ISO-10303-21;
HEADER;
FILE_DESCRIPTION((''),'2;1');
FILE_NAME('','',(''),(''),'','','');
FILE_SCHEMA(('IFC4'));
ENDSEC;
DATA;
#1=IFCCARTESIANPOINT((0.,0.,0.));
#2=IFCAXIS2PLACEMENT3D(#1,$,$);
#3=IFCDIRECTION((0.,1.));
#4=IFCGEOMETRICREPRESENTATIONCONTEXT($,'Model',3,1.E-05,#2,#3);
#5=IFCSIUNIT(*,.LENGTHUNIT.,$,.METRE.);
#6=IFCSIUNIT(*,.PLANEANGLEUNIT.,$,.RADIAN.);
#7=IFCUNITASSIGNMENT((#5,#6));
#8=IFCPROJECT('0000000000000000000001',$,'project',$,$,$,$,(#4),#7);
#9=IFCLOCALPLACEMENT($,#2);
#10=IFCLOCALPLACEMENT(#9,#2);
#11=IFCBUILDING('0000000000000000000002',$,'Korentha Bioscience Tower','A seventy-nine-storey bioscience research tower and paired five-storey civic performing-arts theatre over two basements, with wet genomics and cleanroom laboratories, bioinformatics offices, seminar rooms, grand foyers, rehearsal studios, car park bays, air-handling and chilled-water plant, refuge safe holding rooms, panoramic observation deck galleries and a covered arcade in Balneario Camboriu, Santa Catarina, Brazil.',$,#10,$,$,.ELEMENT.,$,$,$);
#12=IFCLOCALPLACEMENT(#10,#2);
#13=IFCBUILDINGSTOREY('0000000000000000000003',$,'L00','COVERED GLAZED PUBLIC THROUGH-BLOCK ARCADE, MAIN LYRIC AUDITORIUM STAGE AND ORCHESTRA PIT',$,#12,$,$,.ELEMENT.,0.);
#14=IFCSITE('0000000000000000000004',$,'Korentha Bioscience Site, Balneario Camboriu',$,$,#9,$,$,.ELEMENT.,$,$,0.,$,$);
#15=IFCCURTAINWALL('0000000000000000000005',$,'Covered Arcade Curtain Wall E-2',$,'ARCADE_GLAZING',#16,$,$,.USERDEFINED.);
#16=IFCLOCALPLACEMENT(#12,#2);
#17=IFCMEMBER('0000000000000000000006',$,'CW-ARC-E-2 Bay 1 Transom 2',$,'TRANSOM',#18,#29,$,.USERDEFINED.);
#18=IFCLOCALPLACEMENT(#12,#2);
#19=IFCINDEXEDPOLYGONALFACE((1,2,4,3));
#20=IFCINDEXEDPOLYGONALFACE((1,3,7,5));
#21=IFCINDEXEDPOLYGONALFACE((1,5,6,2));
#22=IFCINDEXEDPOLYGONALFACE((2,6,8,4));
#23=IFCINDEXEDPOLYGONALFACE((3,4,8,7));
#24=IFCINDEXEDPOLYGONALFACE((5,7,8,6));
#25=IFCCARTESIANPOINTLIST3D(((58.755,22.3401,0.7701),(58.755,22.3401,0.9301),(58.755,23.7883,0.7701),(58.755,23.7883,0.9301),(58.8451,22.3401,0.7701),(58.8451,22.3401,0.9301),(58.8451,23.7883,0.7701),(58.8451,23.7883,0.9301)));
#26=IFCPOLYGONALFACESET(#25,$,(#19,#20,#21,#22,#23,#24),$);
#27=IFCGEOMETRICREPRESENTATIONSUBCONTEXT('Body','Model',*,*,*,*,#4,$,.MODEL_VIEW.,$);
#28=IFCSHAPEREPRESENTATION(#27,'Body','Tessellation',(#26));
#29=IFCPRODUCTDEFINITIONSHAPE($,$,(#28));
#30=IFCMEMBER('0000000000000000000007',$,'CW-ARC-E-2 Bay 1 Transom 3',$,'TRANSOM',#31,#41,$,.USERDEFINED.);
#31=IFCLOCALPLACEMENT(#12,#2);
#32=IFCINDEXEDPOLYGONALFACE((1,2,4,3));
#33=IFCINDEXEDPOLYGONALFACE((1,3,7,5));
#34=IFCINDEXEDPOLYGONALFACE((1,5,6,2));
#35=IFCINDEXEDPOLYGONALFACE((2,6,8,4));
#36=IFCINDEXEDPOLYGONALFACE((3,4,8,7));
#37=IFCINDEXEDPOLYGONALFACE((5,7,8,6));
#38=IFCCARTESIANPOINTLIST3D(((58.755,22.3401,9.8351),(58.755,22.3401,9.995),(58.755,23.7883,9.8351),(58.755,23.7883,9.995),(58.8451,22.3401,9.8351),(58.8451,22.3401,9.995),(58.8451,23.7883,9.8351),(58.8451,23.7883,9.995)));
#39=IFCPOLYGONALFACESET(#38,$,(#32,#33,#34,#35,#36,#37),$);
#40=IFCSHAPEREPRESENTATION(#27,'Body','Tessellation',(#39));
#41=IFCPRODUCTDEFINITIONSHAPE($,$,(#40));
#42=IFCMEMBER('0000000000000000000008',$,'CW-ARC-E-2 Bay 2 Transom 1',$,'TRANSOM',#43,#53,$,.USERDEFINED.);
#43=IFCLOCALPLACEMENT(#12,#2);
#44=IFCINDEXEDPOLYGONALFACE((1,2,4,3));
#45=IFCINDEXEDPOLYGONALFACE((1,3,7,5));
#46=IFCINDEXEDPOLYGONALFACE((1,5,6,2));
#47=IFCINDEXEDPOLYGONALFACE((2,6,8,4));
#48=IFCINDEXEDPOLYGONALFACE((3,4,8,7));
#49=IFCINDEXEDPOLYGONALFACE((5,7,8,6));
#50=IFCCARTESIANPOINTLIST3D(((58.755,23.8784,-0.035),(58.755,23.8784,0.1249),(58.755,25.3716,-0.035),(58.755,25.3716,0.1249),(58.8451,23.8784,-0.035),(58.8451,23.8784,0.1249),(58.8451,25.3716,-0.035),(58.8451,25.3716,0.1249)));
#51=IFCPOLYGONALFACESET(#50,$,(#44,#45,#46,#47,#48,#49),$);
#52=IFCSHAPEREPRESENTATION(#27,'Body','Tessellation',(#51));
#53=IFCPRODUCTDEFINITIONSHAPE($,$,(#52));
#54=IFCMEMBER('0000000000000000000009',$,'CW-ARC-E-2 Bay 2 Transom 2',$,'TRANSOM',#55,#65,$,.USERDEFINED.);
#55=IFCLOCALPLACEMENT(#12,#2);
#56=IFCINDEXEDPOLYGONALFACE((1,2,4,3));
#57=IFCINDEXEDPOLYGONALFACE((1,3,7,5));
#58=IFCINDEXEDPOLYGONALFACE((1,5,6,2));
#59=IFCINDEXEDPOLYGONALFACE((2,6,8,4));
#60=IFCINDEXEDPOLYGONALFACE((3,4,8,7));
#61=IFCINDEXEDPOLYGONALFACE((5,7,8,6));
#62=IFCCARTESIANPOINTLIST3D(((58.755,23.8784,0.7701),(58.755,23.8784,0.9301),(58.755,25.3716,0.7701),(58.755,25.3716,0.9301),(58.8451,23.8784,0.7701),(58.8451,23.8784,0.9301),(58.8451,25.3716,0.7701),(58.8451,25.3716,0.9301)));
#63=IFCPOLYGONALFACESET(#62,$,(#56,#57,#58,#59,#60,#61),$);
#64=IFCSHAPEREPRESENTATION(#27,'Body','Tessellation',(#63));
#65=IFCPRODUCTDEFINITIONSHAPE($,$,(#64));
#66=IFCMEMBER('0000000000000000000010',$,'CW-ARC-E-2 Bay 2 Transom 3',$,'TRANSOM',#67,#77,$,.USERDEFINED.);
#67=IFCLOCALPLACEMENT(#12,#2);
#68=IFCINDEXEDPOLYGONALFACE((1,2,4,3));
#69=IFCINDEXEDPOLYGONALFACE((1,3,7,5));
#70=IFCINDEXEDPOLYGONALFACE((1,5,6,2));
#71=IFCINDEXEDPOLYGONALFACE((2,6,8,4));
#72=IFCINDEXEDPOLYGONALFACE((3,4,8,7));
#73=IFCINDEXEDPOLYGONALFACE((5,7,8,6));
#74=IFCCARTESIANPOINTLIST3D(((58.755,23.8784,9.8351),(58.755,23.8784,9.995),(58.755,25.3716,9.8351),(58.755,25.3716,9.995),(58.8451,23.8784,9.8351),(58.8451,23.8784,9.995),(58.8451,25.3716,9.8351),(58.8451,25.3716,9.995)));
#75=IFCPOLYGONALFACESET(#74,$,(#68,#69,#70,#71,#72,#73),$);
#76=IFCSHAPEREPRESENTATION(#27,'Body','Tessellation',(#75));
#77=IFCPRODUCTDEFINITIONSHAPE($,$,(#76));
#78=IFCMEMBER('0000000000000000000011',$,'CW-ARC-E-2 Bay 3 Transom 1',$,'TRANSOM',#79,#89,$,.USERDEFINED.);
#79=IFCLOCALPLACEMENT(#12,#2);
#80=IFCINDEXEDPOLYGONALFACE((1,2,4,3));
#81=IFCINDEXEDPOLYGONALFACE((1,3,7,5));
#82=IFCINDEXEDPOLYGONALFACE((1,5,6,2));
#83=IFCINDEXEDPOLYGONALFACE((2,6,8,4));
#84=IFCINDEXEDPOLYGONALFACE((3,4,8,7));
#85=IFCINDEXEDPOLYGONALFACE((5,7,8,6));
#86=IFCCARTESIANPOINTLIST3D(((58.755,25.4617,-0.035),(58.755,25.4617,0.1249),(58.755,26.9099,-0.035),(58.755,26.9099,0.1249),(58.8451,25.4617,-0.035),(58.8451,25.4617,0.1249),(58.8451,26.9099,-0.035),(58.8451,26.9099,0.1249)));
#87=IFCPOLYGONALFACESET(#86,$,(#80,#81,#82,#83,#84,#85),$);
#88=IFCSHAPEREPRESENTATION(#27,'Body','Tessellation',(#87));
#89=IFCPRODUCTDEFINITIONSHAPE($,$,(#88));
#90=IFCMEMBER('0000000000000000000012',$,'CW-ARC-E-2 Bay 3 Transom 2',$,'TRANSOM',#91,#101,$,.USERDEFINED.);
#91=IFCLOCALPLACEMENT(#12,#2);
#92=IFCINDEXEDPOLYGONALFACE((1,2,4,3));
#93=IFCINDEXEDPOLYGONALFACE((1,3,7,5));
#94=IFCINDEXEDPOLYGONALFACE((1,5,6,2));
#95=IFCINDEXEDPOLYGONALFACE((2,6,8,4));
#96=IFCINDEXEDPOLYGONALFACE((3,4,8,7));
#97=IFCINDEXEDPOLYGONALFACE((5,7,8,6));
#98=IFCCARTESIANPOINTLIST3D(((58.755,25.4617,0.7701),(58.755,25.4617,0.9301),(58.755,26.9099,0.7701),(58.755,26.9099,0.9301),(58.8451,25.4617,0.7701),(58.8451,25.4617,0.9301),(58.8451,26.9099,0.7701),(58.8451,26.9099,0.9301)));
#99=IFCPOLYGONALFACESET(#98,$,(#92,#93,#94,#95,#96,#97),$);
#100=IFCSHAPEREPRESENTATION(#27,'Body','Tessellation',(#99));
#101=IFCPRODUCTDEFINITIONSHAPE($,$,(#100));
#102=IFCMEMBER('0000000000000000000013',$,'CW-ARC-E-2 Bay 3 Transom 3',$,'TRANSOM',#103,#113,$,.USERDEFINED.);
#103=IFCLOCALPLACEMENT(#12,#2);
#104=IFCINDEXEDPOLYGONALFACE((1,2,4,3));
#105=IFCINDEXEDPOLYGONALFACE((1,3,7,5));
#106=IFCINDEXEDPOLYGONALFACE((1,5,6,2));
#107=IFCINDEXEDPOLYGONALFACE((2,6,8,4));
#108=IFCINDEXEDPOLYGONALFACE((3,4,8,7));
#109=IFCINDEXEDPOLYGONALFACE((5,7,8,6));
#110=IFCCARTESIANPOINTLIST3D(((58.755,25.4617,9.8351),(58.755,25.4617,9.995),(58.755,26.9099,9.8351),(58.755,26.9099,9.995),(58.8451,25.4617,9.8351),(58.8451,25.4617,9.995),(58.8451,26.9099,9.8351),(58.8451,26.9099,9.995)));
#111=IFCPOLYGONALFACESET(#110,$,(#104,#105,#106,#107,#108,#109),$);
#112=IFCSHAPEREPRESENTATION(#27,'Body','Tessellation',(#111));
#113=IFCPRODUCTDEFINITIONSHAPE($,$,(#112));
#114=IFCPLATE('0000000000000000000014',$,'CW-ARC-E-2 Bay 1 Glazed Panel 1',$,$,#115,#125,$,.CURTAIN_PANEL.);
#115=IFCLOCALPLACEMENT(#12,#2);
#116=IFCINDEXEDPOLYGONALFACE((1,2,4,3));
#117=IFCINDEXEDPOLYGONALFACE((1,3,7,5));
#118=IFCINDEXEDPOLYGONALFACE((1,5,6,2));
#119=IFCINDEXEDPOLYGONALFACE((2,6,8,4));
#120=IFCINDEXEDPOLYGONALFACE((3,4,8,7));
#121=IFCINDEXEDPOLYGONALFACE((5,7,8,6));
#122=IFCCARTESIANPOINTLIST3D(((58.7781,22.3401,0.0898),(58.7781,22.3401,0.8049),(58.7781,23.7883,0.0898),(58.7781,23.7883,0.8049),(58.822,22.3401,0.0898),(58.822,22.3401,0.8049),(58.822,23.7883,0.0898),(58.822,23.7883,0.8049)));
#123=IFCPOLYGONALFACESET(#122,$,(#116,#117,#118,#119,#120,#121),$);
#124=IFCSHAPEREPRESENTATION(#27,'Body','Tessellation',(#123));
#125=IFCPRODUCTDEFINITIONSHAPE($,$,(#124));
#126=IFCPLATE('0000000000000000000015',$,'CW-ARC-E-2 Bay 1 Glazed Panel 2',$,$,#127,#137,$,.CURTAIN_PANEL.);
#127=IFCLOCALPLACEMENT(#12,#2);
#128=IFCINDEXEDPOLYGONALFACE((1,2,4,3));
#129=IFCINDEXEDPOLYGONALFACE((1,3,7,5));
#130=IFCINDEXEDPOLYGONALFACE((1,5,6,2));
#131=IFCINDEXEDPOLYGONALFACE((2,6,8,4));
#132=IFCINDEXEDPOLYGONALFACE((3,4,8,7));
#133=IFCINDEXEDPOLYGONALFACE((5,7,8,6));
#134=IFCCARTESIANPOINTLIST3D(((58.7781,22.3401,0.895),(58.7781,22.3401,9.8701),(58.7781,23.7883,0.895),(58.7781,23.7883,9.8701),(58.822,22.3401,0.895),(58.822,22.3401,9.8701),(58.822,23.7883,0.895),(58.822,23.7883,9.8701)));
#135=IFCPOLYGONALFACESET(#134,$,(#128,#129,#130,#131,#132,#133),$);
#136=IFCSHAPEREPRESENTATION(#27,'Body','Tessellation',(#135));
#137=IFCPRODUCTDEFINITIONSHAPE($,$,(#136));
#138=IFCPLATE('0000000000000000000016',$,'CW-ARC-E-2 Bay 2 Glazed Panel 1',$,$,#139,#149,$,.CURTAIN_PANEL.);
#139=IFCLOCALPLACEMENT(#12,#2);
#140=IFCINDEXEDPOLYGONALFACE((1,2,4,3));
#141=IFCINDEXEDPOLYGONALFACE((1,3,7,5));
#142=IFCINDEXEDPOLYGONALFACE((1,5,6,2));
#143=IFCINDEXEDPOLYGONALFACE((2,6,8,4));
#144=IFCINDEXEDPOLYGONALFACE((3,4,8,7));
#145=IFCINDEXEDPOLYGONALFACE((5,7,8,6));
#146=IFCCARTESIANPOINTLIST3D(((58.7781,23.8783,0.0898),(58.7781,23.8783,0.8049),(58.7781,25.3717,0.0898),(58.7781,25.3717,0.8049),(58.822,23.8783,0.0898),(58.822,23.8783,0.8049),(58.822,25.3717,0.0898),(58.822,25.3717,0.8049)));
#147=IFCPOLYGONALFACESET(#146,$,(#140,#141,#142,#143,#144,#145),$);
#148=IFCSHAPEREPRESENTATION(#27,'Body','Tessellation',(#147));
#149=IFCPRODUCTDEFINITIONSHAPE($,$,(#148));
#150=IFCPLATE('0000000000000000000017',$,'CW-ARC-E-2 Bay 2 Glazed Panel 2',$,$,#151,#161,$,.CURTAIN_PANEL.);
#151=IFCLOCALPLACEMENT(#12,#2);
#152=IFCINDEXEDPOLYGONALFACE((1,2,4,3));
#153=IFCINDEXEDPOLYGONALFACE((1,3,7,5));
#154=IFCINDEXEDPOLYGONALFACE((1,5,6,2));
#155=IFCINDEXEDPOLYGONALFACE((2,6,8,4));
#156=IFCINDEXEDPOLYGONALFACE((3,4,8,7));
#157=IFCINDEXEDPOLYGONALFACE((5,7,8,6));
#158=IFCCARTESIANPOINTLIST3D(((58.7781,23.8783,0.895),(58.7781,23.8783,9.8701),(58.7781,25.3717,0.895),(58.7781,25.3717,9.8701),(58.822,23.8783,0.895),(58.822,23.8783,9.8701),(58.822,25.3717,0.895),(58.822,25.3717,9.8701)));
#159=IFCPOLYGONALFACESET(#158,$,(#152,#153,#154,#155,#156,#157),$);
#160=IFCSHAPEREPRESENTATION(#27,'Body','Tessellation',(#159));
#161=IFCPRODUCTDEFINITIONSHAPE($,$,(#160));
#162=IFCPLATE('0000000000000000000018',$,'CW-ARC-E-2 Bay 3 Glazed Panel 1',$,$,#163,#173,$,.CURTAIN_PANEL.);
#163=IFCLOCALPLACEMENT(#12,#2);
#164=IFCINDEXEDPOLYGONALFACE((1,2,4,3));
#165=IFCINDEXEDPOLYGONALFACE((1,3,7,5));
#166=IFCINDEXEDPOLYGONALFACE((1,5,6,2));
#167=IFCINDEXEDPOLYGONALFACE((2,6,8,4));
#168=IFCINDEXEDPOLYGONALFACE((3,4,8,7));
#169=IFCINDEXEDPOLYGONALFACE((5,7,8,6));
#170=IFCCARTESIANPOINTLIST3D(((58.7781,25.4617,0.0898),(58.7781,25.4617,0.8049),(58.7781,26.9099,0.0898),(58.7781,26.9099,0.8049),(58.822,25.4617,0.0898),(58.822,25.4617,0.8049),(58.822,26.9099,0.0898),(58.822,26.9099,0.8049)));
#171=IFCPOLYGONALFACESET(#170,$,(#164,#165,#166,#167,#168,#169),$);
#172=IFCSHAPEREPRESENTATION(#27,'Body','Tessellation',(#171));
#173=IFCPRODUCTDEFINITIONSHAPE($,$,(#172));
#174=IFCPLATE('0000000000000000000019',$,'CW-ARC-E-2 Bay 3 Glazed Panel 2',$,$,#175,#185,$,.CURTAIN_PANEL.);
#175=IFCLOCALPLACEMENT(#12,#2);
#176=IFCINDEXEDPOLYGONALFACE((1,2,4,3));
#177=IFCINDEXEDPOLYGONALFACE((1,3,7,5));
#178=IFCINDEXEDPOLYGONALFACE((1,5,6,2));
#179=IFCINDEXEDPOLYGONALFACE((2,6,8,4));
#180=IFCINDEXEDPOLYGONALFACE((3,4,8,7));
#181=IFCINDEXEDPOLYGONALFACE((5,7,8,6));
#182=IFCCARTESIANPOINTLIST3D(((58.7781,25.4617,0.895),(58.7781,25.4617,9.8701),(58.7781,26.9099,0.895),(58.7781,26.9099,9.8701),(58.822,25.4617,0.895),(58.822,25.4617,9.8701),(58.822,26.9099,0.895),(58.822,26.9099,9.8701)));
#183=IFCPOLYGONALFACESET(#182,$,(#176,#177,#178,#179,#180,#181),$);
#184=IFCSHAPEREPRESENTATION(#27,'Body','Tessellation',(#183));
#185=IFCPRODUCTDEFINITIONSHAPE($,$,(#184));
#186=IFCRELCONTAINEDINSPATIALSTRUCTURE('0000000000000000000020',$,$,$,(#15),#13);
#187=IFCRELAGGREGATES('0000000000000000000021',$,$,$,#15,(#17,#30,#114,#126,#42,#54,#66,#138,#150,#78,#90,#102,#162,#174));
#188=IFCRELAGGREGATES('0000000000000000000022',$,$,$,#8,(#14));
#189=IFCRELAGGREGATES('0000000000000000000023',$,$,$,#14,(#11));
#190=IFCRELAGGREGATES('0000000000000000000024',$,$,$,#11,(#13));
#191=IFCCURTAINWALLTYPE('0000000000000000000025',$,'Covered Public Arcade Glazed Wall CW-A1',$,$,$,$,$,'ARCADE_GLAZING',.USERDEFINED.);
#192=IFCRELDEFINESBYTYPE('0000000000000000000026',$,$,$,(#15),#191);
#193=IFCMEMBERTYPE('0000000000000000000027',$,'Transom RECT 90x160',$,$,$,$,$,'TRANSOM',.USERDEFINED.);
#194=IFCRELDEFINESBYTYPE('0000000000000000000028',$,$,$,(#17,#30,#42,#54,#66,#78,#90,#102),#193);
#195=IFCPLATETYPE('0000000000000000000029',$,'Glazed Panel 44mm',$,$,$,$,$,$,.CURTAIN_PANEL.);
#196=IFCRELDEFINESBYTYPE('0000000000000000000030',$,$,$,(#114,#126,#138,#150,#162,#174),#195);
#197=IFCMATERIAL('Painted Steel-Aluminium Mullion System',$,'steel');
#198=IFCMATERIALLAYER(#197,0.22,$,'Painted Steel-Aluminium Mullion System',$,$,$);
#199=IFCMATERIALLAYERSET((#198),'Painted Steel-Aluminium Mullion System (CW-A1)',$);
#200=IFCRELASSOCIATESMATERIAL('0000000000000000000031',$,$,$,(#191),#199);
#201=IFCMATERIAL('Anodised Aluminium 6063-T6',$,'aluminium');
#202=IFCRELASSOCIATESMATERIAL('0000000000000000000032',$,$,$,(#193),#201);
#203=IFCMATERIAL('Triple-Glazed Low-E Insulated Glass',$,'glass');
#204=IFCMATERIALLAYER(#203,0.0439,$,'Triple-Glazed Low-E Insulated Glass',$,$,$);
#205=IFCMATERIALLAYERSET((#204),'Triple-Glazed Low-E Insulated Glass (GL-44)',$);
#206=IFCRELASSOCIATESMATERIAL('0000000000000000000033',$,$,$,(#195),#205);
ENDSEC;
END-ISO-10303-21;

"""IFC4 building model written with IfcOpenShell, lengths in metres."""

from ifc_helpers import new_model, si_unit, direction, frame, origin, origin_2d, place, context, subcontext, project, spatial, rectangle, extrude, material, layer, layer_set, material_profile, profile_set, type_object, element, aggregate, save


model = new_model("IFC4")

# Units and contexts
model_context = context("Model", 3, precision=1e-05, world=origin(), true_north=direction((0.0, 1.0)))
body_context = subcontext(model_context, "Body", "Model", "MODEL_VIEW")
ifc_project = project(units=[si_unit("LENGTHUNIT", "METRE"), si_unit("PLANEANGLEUNIT", "RADIAN")], contexts=[model_context])

# Site, building, storey
site_placement = place(None, origin())
site = spatial("IfcSite", under=ifc_project, at=site_placement, Name="Korentha Bioscience Site, Balneario Camboriu", CompositionType="ELEMENT", RefElevation=0.0)
building_placement = place(site_placement, origin())
building = spatial("IfcBuilding", under=site, at=building_placement, Name="Korentha Bioscience Tower", Description="A seventy-nine-storey bioscience research tower and paired five-storey civic performing-arts theatre over two basements, with wet genomics and cleanroom laboratories, bioinformatics offices, seminar rooms, grand foyers, rehearsal studios, car park bays, air-handling and chilled-water plant, refuge safe holding rooms, panoramic observation deck galleries and a covered arcade in Balneario Camboriu, Santa Catarina, Brazil.", CompositionType="ELEMENT")
storey_placement = place(building_placement, origin())
storey = spatial("IfcBuildingStorey", under=building, at=storey_placement, Name="L00", Description="COVERED GLAZED PUBLIC THROUGH-BLOCK ARCADE, MAIN LYRIC AUDITORIUM STAGE AND ORCHESTRA PIT", CompositionType="ELEMENT", Elevation=0.0)

# Curtain wall
ifc_material_1 = material(Name="Painted Steel-Aluminium Mullion System", Category="steel")
ifc_layer_1 = layer(ifc_material_1, 0.22, Name="Painted Steel-Aluminium Mullion System")
ifc_layer_set_1 = layer_set([ifc_layer_1], Name="Painted Steel-Aluminium Mullion System (CW-A1)")
curtain_wall_type = type_object("IfcCurtainWallType", Name="Covered Public Arcade Glazed Wall CW-A1", ElementType="ARCADE_GLAZING", PredefinedType="USERDEFINED", material=ifc_layer_set_1)
curtain_wall_placement = place(storey_placement, origin())
curtain_wall = element("IfcCurtainWall", 1, at=curtain_wall_placement, inside=storey, type_object=curtain_wall_type, Name="Covered Arcade Curtain Wall E-2", ObjectType="ARCADE_GLAZING", PredefinedType="USERDEFINED")
ifc_material_2 = material(Name="Anodised Aluminium 6063-T6", Category="aluminium")

# Members
ifc_material_profile_1 = material_profile(ifc_material_2, rectangle(XDim=0.0901, YDim=0.1599, at=origin_2d()), Name="Anodised Aluminium 6063-T6")
ifc_profile_set_1 = profile_set([ifc_material_profile_1], Name="Anodised Aluminium 6063-T6 (CW-TRN)")
member_type_1 = type_object("IfcMemberType", Name="Transom RECT 90x160", ElementType="TRANSOM", PredefinedType="USERDEFINED", material=ifc_profile_set_1)
member_1_placement = place(storey_placement, frame((58.8, 22.3401, 0.8501), z_axis=(0.0, 1.0, 0.0), x_axis=(-1.0, 0.0, 0.0)))
member_1 = element("IfcMember", 2, at=member_1_placement, type_object=member_type_1, Name="CW-ARC-E-2 Bay 1 Transom 2", ObjectType="TRANSOM", PredefinedType="USERDEFINED", context=body_context, shape_type="SweptSolid", body=[
    extrude(rectangle(XDim=0.0901, YDim=0.1599, at=origin_2d()), origin(), (0.0, 0.0, 1.0), 1.4482),
])
member_2_placement = place(storey_placement, frame((58.8, 22.3401, 9.915), z_axis=(0.0, 1.0, 0.0), x_axis=(-1.0, 0.0, 0.0)))
member_2 = element("IfcMember", 3, at=member_2_placement, type_object=member_type_1, Name="CW-ARC-E-2 Bay 1 Transom 3", ObjectType="TRANSOM", PredefinedType="USERDEFINED", context=body_context, shape_type="SweptSolid", body=[
    extrude(rectangle(XDim=0.0901, YDim=0.1599, at=origin_2d()), origin(), (0.0, 0.0, 1.0), 1.4482),
])
member_3_placement = place(storey_placement, frame((58.8, 23.8784, 0.0449), z_axis=(0.0, 1.0, 0.0), x_axis=(-1.0, 0.0, 0.0)))
member_3 = element("IfcMember", 4, at=member_3_placement, type_object=member_type_1, Name="CW-ARC-E-2 Bay 2 Transom 1", ObjectType="TRANSOM", PredefinedType="USERDEFINED", context=body_context, shape_type="SweptSolid", body=[
    extrude(rectangle(XDim=0.0901, YDim=0.1599, at=origin_2d()), origin(), (0.0, 0.0, 1.0), 1.4932),
])
member_4_placement = place(storey_placement, frame((58.8, 23.8784, 0.8501), z_axis=(0.0, 1.0, 0.0), x_axis=(-1.0, 0.0, 0.0)))
member_4 = element("IfcMember", 5, at=member_4_placement, type_object=member_type_1, Name="CW-ARC-E-2 Bay 2 Transom 2", ObjectType="TRANSOM", PredefinedType="USERDEFINED", context=body_context, shape_type="SweptSolid", body=[
    extrude(rectangle(XDim=0.0901, YDim=0.1599, at=origin_2d()), origin(), (0.0, 0.0, 1.0), 1.4932),
])
member_5_placement = place(storey_placement, frame((58.8, 23.8784, 9.915), z_axis=(0.0, 1.0, 0.0), x_axis=(-1.0, 0.0, 0.0)))
member_5 = element("IfcMember", 6, at=member_5_placement, type_object=member_type_1, Name="CW-ARC-E-2 Bay 2 Transom 3", ObjectType="TRANSOM", PredefinedType="USERDEFINED", context=body_context, shape_type="SweptSolid", body=[
    extrude(rectangle(XDim=0.0901, YDim=0.1599, at=origin_2d()), origin(), (0.0, 0.0, 1.0), 1.4932),
])
member_6_placement = place(storey_placement, frame((58.8, 25.4617, 0.0449), z_axis=(0.0, 1.0, 0.0), x_axis=(-1.0, 0.0, 0.0)))
member_6 = element("IfcMember", 7, at=member_6_placement, type_object=member_type_1, Name="CW-ARC-E-2 Bay 3 Transom 1", ObjectType="TRANSOM", PredefinedType="USERDEFINED", context=body_context, shape_type="SweptSolid", body=[
    extrude(rectangle(XDim=0.0901, YDim=0.1599, at=origin_2d()), origin(), (0.0, 0.0, 1.0), 1.4482),
])
member_7_placement = place(storey_placement, frame((58.8, 25.4617, 0.8501), z_axis=(0.0, 1.0, 0.0), x_axis=(-1.0, 0.0, 0.0)))
member_7 = element("IfcMember", 8, at=member_7_placement, type_object=member_type_1, Name="CW-ARC-E-2 Bay 3 Transom 2", ObjectType="TRANSOM", PredefinedType="USERDEFINED", context=body_context, shape_type="SweptSolid", body=[
    extrude(rectangle(XDim=0.0901, YDim=0.1599, at=origin_2d()), origin(), (0.0, 0.0, 1.0), 1.4482),
])
member_8_placement = place(storey_placement, frame((58.8, 25.4617, 9.915), z_axis=(0.0, 1.0, 0.0), x_axis=(-1.0, 0.0, 0.0)))
member_8 = element("IfcMember", 9, at=member_8_placement, type_object=member_type_1, Name="CW-ARC-E-2 Bay 3 Transom 3", ObjectType="TRANSOM", PredefinedType="USERDEFINED", context=body_context, shape_type="SweptSolid", body=[
    extrude(rectangle(XDim=0.0901, YDim=0.1599, at=origin_2d()), origin(), (0.0, 0.0, 1.0), 1.4482),
])

# Plates
ifc_material_3 = material(Name="Triple-Glazed Low-E Insulated Glass", Category="glass")
ifc_layer_2 = layer(ifc_material_3, 0.0439, Name="Triple-Glazed Low-E Insulated Glass")
ifc_layer_set_2 = layer_set([ifc_layer_2], Name="Triple-Glazed Low-E Insulated Glass (GL-44)")
plate_type = type_object("IfcPlateType", Name="Glazed Panel 44mm", PredefinedType="CURTAIN_PANEL", material=ifc_layer_set_2)
plate_1_placement = place(storey_placement, frame((58.8, 23.0642, 0.0898), z_axis=(0.0, 0.0, 1.0), x_axis=(0.0, 1.0, 0.0)))
plate_1 = element("IfcPlate", 10, at=plate_1_placement, type_object=plate_type, Name="CW-ARC-E-2 Bay 1 Glazed Panel 1", PredefinedType="CURTAIN_PANEL", context=body_context, shape_type="SweptSolid", body=[
    extrude(rectangle(XDim=1.4482, YDim=0.0439, at=origin_2d()), origin(), (0.0, 0.0, 1.0), 0.7151),
])
plate_2_placement = place(storey_placement, frame((58.8, 23.0642, 0.895), z_axis=(0.0, 0.0, 1.0), x_axis=(0.0, 1.0, 0.0)))
plate_2 = element("IfcPlate", 11, at=plate_2_placement, type_object=plate_type, Name="CW-ARC-E-2 Bay 1 Glazed Panel 2", PredefinedType="CURTAIN_PANEL", context=body_context, shape_type="SweptSolid", body=[
    extrude(rectangle(XDim=1.4482, YDim=0.0439, at=origin_2d()), origin(), (0.0, 0.0, 1.0), 8.9751),
])
plate_3_placement = place(storey_placement, frame((58.8, 24.625, 0.0898), z_axis=(0.0, 0.0, 1.0), x_axis=(0.0, 1.0, 0.0)))
plate_3 = element("IfcPlate", 12, at=plate_3_placement, type_object=plate_type, Name="CW-ARC-E-2 Bay 2 Glazed Panel 1", PredefinedType="CURTAIN_PANEL", context=body_context, shape_type="SweptSolid", body=[
    extrude(rectangle(XDim=1.4934, YDim=0.0439, at=origin_2d()), origin(), (0.0, 0.0, 1.0), 0.7151),
])
plate_4_placement = place(storey_placement, frame((58.8, 24.625, 0.895), z_axis=(0.0, 0.0, 1.0), x_axis=(0.0, 1.0, 0.0)))
plate_4 = element("IfcPlate", 13, at=plate_4_placement, type_object=plate_type, Name="CW-ARC-E-2 Bay 2 Glazed Panel 2", PredefinedType="CURTAIN_PANEL", context=body_context, shape_type="SweptSolid", body=[
    extrude(rectangle(XDim=1.4934, YDim=0.0439, at=origin_2d()), origin(), (0.0, 0.0, 1.0), 8.9751),
])
plate_5_placement = place(storey_placement, frame((58.8, 26.1858, 0.0898), z_axis=(0.0, 0.0, 1.0), x_axis=(0.0, 1.0, 0.0)))
plate_5 = element("IfcPlate", 14, at=plate_5_placement, type_object=plate_type, Name="CW-ARC-E-2 Bay 3 Glazed Panel 1", PredefinedType="CURTAIN_PANEL", context=body_context, shape_type="SweptSolid", body=[
    extrude(rectangle(XDim=1.4482, YDim=0.0439, at=origin_2d()), origin(), (0.0, 0.0, 1.0), 0.7151),
])
plate_6_placement = place(storey_placement, frame((58.8, 26.1858, 0.895), z_axis=(0.0, 0.0, 1.0), x_axis=(0.0, 1.0, 0.0)))
plate_6 = element("IfcPlate", 15, at=plate_6_placement, type_object=plate_type, Name="CW-ARC-E-2 Bay 3 Glazed Panel 2", PredefinedType="CURTAIN_PANEL", context=body_context, shape_type="SweptSolid", body=[
    extrude(rectangle(XDim=1.4482, YDim=0.0439, at=origin_2d()), origin(), (0.0, 0.0, 1.0), 8.9751),
])
aggregate(curtain_wall, [member_1, member_2, plate_1, plate_2, member_3, member_4, member_5, plate_3, plate_4, member_6, member_7, member_8, plate_5, plate_6])

save(model, "model.ifc")
